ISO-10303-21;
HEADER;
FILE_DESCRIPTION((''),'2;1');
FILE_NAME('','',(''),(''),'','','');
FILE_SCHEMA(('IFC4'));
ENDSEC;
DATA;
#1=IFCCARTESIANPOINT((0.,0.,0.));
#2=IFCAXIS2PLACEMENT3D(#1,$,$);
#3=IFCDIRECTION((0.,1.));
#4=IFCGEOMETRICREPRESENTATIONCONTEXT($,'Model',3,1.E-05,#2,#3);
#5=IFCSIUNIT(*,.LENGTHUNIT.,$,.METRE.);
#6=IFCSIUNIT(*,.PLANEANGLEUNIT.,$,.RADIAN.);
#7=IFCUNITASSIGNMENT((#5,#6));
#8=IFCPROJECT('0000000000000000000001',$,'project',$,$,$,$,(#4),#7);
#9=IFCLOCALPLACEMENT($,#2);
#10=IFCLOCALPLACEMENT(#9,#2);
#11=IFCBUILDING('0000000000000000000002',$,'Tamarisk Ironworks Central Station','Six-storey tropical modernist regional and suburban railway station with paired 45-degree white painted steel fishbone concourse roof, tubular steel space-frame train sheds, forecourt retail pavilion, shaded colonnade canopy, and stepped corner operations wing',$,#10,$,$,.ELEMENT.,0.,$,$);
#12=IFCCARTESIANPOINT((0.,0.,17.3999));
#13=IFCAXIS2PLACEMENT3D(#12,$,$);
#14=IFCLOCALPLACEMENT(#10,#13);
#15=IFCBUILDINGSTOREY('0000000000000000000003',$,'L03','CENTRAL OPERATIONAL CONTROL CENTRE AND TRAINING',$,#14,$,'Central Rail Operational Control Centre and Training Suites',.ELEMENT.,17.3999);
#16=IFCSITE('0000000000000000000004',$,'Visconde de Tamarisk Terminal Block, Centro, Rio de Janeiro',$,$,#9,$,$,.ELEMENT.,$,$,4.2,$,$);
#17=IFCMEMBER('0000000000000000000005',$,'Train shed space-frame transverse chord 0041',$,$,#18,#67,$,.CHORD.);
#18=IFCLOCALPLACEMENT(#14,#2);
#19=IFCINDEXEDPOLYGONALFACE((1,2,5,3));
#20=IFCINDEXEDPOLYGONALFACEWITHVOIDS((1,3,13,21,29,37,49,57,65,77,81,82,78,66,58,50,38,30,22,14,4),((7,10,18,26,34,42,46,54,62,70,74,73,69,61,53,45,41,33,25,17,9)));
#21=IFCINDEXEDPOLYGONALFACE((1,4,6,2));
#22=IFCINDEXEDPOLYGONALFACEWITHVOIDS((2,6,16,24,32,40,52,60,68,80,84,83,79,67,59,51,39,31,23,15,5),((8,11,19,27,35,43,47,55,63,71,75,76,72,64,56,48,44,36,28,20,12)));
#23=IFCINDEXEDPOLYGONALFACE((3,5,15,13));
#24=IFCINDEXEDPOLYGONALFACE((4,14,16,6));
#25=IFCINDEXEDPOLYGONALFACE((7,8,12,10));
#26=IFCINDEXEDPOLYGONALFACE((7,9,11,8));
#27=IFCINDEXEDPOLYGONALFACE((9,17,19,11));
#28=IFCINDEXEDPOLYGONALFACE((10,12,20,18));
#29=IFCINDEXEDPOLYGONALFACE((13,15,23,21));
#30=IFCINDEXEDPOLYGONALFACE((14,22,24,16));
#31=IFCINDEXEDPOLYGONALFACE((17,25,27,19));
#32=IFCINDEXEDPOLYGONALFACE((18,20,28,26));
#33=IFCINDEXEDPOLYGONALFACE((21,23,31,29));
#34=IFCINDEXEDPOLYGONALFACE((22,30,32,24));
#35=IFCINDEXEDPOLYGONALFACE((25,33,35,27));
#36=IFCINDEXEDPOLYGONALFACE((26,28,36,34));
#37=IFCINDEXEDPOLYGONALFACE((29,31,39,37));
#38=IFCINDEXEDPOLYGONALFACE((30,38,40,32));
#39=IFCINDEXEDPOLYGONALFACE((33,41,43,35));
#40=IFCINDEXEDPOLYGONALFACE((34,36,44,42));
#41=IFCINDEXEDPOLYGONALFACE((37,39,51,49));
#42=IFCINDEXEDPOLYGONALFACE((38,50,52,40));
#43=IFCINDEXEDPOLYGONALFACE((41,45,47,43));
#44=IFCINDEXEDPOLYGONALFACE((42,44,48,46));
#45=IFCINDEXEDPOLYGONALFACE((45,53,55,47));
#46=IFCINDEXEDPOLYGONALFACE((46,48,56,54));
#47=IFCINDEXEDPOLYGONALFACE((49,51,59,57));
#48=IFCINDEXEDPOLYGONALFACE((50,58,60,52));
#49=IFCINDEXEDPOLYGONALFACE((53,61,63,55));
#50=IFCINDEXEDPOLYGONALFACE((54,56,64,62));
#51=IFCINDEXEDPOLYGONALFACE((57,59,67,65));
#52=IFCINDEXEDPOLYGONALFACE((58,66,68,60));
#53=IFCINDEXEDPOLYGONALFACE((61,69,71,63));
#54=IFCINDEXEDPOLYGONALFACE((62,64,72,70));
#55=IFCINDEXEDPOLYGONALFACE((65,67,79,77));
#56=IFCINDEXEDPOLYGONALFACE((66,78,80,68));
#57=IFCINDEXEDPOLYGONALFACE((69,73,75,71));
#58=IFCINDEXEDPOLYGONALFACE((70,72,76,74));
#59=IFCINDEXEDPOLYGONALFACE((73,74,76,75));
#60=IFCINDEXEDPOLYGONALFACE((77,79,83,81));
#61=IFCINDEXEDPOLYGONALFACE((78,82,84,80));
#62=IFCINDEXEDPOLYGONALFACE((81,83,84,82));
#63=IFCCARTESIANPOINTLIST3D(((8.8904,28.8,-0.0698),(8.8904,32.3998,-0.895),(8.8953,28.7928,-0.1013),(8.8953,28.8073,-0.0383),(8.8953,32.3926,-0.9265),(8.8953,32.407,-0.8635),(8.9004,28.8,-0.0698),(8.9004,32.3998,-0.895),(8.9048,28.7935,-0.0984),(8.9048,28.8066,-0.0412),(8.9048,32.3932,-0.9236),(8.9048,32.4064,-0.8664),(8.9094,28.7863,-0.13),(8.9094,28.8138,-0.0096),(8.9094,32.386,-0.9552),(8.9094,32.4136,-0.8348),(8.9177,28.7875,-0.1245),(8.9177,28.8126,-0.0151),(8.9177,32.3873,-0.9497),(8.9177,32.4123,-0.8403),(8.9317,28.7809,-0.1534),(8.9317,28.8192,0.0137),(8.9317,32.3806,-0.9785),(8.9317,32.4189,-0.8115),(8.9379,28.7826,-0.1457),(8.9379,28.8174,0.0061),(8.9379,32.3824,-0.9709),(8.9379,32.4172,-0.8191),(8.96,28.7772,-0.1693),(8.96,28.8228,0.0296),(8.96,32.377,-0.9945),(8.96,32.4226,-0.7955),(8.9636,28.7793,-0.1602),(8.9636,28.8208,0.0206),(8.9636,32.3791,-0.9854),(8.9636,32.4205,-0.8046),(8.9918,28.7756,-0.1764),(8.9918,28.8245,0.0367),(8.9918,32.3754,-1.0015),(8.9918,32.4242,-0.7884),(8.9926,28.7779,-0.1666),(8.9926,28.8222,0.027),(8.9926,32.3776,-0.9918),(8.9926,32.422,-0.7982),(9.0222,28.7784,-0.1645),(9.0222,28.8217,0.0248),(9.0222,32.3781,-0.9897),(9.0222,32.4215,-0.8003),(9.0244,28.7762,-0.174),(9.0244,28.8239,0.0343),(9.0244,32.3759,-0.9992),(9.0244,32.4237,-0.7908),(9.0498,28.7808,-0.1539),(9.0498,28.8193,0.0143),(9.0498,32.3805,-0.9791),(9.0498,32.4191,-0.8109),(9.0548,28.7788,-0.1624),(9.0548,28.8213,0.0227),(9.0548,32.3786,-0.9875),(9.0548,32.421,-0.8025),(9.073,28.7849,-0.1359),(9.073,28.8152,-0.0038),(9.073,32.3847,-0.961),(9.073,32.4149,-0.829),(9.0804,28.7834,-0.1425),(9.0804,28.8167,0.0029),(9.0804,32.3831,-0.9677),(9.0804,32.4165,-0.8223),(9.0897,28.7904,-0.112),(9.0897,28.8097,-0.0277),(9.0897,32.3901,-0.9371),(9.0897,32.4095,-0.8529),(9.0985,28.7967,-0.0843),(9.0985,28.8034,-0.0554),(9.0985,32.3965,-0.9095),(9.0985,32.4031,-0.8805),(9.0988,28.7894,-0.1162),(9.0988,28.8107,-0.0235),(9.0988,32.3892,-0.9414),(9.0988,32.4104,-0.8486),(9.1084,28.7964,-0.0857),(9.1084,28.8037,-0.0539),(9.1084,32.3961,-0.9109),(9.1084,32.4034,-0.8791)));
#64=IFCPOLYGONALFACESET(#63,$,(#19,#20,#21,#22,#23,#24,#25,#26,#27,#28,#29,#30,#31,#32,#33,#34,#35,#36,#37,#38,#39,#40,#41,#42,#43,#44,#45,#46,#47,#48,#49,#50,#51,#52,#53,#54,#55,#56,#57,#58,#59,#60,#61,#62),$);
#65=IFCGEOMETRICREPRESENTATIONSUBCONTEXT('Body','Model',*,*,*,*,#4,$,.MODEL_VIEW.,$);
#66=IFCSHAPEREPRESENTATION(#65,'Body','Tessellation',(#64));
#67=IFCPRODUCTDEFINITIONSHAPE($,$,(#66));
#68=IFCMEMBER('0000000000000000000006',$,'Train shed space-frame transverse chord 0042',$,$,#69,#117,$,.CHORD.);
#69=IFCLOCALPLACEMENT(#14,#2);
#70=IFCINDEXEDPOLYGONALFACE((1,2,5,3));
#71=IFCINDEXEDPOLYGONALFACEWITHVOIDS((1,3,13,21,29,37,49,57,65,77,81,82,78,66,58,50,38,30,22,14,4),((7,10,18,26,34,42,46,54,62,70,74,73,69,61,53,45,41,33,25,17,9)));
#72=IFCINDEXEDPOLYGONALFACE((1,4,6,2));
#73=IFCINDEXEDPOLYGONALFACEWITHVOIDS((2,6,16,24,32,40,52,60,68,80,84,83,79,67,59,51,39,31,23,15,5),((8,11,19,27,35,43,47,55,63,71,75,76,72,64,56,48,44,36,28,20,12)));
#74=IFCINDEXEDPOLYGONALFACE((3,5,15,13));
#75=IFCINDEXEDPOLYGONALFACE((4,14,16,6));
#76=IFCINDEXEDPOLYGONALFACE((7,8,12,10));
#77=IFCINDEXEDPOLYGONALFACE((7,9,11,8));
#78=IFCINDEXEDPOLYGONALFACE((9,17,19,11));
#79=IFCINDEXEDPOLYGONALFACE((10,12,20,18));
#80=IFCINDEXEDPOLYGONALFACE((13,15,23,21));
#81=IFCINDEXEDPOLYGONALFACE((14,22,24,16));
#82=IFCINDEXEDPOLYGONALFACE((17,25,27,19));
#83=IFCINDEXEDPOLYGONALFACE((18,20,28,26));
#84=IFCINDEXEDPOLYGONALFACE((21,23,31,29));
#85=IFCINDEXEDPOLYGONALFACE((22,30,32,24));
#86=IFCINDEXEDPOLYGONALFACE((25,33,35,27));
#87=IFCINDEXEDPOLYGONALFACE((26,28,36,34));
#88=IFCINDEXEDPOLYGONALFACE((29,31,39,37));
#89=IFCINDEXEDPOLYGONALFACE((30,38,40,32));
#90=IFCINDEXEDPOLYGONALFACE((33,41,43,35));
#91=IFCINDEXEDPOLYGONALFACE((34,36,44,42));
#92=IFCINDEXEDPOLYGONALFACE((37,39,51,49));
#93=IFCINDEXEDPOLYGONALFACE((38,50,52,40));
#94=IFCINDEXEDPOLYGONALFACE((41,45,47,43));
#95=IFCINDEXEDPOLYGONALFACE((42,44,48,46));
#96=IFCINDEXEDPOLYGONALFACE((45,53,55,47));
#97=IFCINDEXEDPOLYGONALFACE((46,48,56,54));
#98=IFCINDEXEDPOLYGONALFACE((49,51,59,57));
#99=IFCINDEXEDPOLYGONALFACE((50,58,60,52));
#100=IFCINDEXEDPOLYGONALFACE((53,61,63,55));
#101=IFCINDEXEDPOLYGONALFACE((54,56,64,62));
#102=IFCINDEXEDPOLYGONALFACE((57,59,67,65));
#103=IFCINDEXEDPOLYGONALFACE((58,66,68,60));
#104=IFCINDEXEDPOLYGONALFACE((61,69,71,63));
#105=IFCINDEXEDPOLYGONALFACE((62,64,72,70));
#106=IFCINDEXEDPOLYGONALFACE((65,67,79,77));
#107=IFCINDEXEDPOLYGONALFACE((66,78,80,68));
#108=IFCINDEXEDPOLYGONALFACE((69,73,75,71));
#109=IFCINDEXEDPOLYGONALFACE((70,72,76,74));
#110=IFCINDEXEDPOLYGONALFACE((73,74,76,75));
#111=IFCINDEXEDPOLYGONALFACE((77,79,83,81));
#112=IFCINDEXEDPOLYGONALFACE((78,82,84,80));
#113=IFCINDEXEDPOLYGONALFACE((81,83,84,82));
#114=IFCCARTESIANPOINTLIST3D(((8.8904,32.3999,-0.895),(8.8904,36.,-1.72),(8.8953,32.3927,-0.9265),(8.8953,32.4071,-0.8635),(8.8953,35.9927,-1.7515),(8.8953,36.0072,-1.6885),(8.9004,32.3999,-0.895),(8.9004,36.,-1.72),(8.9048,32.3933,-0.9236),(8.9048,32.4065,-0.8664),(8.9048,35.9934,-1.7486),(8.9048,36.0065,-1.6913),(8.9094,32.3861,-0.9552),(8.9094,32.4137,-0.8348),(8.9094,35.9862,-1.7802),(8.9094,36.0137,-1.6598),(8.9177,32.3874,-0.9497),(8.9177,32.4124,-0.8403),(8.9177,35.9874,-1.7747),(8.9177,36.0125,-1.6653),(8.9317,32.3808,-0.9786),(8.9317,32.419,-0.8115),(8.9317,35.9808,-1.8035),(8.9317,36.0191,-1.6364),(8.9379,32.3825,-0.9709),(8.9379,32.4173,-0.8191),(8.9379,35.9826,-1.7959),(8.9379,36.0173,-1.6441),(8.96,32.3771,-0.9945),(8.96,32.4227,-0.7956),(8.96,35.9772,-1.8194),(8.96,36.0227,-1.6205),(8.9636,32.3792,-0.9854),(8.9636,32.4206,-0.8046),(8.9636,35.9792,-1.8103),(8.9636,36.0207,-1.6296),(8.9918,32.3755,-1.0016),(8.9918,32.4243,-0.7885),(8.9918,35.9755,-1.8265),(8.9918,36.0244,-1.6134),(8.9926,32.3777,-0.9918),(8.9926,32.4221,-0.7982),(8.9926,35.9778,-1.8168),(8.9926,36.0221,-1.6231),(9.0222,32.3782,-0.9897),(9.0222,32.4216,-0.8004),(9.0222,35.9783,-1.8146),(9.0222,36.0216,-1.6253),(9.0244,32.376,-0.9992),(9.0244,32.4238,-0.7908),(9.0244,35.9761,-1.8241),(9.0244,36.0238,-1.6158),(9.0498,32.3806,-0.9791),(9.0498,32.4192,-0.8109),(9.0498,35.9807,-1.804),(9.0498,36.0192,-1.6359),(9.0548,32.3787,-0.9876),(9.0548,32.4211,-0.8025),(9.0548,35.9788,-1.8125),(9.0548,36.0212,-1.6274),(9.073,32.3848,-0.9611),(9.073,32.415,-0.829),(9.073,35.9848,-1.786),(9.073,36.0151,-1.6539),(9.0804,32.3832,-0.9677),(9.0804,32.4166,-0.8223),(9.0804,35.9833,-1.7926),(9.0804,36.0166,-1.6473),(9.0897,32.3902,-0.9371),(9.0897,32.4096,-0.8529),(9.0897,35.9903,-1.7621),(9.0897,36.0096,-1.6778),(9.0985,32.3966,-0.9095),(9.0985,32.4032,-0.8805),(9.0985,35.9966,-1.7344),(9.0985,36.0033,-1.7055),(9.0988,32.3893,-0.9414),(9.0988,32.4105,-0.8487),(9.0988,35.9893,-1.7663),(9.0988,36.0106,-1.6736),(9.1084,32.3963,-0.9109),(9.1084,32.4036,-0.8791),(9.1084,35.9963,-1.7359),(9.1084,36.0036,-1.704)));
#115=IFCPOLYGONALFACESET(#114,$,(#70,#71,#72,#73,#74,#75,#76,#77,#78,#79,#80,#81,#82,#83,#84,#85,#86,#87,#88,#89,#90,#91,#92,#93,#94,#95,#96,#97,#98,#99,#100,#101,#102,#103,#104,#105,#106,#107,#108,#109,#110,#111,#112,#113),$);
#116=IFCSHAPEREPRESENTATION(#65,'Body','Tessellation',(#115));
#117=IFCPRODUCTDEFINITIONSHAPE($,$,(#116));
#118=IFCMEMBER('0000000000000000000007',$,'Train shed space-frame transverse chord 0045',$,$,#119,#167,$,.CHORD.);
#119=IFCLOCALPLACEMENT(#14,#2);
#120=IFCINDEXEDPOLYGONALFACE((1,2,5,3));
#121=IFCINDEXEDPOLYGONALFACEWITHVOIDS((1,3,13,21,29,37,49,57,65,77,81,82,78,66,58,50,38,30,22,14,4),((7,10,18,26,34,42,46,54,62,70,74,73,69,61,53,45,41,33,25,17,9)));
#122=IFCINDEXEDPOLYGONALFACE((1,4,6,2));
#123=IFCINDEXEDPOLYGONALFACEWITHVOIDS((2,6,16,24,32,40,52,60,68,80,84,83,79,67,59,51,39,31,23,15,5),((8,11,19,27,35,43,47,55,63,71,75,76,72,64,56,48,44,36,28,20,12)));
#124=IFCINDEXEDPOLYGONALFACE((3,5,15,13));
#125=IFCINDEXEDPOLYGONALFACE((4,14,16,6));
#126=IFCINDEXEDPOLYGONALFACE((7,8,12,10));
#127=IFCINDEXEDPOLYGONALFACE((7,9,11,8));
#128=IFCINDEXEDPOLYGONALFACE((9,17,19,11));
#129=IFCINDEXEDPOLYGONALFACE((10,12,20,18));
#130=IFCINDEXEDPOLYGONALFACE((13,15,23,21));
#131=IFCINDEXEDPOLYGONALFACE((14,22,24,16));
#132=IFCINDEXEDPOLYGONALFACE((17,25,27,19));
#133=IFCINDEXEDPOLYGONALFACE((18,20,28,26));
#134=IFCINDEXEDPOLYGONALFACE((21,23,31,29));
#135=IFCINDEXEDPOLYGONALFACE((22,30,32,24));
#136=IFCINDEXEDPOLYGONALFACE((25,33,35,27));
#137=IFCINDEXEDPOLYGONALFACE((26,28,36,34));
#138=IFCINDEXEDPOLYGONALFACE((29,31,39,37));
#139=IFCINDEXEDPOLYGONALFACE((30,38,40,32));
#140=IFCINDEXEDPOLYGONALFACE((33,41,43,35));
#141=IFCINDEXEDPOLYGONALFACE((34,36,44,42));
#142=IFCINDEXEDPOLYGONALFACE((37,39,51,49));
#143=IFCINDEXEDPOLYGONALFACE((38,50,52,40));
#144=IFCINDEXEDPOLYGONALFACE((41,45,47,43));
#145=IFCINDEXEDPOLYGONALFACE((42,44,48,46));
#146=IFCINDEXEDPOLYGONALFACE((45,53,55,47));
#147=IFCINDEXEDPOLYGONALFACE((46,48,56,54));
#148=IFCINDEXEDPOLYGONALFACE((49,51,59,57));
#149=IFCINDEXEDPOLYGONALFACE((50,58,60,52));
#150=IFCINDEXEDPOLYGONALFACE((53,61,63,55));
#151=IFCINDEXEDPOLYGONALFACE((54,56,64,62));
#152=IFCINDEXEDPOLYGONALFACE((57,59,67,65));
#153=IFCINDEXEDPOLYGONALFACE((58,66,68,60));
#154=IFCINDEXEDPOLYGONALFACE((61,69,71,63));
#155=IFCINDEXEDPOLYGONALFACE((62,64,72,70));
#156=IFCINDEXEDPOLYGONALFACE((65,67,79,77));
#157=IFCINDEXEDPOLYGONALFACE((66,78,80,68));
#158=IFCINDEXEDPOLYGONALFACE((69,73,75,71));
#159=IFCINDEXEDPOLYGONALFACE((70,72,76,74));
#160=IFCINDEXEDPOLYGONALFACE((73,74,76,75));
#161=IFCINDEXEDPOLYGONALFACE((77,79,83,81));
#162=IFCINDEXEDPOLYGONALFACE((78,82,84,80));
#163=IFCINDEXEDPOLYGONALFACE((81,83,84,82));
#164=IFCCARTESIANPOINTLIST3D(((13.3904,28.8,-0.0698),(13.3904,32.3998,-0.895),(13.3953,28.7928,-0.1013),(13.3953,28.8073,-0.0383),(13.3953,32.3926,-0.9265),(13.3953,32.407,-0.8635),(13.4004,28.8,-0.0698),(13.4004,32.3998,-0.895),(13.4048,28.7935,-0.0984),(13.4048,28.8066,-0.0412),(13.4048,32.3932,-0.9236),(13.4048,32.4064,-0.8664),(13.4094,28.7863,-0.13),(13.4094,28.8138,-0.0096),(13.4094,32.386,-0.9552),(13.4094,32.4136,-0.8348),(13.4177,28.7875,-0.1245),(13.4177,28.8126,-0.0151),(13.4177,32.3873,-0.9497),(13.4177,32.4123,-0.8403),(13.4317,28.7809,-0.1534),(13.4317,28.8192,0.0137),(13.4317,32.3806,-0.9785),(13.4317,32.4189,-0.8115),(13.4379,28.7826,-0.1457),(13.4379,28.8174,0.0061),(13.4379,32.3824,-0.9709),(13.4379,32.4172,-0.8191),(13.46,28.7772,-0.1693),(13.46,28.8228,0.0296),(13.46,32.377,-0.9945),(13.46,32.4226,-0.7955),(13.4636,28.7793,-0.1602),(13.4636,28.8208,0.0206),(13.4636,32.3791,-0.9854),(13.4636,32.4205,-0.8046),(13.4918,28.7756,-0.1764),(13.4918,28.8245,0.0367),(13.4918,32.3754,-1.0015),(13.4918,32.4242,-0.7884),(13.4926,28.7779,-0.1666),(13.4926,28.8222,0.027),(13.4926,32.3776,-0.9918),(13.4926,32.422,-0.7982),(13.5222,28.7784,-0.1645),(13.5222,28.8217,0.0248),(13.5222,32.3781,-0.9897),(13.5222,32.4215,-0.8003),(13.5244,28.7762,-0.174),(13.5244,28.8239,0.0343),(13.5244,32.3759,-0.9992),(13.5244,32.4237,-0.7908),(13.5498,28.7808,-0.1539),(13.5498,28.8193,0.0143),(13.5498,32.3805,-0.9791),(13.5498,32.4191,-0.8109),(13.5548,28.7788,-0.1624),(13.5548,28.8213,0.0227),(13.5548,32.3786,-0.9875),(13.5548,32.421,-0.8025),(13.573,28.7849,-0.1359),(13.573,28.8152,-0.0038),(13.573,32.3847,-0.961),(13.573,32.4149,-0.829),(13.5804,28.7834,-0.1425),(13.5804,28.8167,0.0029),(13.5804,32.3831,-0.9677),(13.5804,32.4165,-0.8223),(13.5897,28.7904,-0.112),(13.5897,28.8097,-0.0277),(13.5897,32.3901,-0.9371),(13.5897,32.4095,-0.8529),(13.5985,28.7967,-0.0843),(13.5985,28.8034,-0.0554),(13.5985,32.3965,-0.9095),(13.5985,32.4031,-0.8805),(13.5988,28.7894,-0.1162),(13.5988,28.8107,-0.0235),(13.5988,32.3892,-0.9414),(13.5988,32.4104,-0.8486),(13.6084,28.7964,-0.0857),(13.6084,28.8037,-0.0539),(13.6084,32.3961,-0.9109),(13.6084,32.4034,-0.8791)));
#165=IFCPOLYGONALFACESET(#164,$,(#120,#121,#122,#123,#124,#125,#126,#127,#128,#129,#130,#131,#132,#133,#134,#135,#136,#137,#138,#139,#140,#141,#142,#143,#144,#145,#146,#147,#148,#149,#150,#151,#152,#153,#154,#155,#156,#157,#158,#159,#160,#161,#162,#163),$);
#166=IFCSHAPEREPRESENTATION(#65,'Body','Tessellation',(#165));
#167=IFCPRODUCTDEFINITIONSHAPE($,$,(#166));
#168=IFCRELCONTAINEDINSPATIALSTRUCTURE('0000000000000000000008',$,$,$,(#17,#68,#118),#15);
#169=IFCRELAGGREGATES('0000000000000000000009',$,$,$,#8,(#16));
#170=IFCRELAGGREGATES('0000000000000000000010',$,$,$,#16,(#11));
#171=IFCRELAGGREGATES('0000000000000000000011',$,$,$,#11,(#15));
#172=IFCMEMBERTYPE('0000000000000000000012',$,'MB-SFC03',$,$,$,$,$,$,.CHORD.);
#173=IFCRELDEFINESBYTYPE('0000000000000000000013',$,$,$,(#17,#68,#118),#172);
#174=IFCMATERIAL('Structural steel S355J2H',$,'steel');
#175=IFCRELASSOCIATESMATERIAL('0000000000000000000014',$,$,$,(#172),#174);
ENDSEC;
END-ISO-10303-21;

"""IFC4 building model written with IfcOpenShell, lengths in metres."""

from ifc_helpers import new_model, si_unit, direction, frame, origin, origin_2d, place, context, subcontext, project, spatial, hollow_circle, extrude, material, material_profile, profile_set, type_object, element, save


model = new_model("IFC4")

# Units and contexts
model_context = context("Model", 3, precision=1e-05, world=origin(), true_north=direction((0.0, 1.0)))
body_context = subcontext(model_context, "Body", "Model", "MODEL_VIEW")
ifc_project = project(units=[si_unit("LENGTHUNIT", "METRE"), si_unit("PLANEANGLEUNIT", "RADIAN")], contexts=[model_context])

# Site, building, storey
site_placement = place(None, origin())
site = spatial("IfcSite", under=ifc_project, at=site_placement, Name="Visconde de Tamarisk Terminal Block, Centro, Rio de Janeiro", CompositionType="ELEMENT", RefElevation=4.2)
building_placement = place(site_placement, origin())
building = spatial("IfcBuilding", under=site, at=building_placement, Name="Tamarisk Ironworks Central Station", Description="Six-storey tropical modernist regional and suburban railway station with paired 45-degree white painted steel fishbone concourse roof, tubular steel space-frame train sheds, forecourt retail pavilion, shaded colonnade canopy, and stepped corner operations wing", CompositionType="ELEMENT", ElevationOfRefHeight=0.0)
storey_placement = place(building_placement, frame((0.0, 0.0, 17.3999)))
storey = spatial("IfcBuildingStorey", under=building, at=storey_placement, Name="L03", Description="CENTRAL OPERATIONAL CONTROL CENTRE AND TRAINING", LongName="Central Rail Operational Control Centre and Training Suites", CompositionType="ELEMENT", Elevation=17.3999)

# Members
ifc_material = material(Name="Structural steel S355J2H", Category="steel")
ifc_material_profile_1 = material_profile(ifc_material, hollow_circle(Radius=0.1096, WallThickness=0.01, at=origin_2d()), Name="CHS 219.1x10")
ifc_profile_set_1 = profile_set([ifc_material_profile_1], Name="Structural steel S355J2H")
member_type_1 = type_object("IfcMemberType", Name="MB-SFC03", PredefinedType="CHORD", material=ifc_profile_set_1)
member_1_placement = place(storey_placement, frame((9.0, 28.8, -0.0698), z_axis=(0.0, 0.974719, -0.223435), x_axis=(-1.0, 0.0, 0.0)))
element("IfcMember", 1, at=member_1_placement, inside=storey, type_object=member_type_1, Name="Train shed space-frame transverse chord 0041", PredefinedType="CHORD", context=body_context, shape_type="SweptSolid", body=[
    extrude(hollow_circle(Radius=0.1096, WallThickness=0.01, at=origin_2d()), origin(), (0.0, 0.0, 1.0), 3.6931),
])
member_2_placement = place(storey_placement, frame((9.0, 32.3999, -0.895), z_axis=(0.0, 0.974737, -0.223358), x_axis=(-1.0, 0.0, 0.0)))
element("IfcMember", 2, at=member_2_placement, inside=storey, type_object=member_type_1, Name="Train shed space-frame transverse chord 0042", PredefinedType="CHORD", context=body_context, shape_type="SweptSolid", body=[
    extrude(hollow_circle(Radius=0.1096, WallThickness=0.01, at=origin_2d()), origin(), (0.0, 0.0, 1.0), 3.6934),
])
member_3_placement = place(storey_placement, frame((13.5, 28.8, -0.0698), z_axis=(0.0, 0.974719, -0.223435), x_axis=(-1.0, 0.0, 0.0)))
element("IfcMember", 3, at=member_3_placement, inside=storey, type_object=member_type_1, Name="Train shed space-frame transverse chord 0045", PredefinedType="CHORD", context=body_context, shape_type="SweptSolid", body=[
    extrude(hollow_circle(Radius=0.1096, WallThickness=0.01, at=origin_2d()), origin(), (0.0, 0.0, 1.0), 3.6931),
])

save(model, "model.ifc")
